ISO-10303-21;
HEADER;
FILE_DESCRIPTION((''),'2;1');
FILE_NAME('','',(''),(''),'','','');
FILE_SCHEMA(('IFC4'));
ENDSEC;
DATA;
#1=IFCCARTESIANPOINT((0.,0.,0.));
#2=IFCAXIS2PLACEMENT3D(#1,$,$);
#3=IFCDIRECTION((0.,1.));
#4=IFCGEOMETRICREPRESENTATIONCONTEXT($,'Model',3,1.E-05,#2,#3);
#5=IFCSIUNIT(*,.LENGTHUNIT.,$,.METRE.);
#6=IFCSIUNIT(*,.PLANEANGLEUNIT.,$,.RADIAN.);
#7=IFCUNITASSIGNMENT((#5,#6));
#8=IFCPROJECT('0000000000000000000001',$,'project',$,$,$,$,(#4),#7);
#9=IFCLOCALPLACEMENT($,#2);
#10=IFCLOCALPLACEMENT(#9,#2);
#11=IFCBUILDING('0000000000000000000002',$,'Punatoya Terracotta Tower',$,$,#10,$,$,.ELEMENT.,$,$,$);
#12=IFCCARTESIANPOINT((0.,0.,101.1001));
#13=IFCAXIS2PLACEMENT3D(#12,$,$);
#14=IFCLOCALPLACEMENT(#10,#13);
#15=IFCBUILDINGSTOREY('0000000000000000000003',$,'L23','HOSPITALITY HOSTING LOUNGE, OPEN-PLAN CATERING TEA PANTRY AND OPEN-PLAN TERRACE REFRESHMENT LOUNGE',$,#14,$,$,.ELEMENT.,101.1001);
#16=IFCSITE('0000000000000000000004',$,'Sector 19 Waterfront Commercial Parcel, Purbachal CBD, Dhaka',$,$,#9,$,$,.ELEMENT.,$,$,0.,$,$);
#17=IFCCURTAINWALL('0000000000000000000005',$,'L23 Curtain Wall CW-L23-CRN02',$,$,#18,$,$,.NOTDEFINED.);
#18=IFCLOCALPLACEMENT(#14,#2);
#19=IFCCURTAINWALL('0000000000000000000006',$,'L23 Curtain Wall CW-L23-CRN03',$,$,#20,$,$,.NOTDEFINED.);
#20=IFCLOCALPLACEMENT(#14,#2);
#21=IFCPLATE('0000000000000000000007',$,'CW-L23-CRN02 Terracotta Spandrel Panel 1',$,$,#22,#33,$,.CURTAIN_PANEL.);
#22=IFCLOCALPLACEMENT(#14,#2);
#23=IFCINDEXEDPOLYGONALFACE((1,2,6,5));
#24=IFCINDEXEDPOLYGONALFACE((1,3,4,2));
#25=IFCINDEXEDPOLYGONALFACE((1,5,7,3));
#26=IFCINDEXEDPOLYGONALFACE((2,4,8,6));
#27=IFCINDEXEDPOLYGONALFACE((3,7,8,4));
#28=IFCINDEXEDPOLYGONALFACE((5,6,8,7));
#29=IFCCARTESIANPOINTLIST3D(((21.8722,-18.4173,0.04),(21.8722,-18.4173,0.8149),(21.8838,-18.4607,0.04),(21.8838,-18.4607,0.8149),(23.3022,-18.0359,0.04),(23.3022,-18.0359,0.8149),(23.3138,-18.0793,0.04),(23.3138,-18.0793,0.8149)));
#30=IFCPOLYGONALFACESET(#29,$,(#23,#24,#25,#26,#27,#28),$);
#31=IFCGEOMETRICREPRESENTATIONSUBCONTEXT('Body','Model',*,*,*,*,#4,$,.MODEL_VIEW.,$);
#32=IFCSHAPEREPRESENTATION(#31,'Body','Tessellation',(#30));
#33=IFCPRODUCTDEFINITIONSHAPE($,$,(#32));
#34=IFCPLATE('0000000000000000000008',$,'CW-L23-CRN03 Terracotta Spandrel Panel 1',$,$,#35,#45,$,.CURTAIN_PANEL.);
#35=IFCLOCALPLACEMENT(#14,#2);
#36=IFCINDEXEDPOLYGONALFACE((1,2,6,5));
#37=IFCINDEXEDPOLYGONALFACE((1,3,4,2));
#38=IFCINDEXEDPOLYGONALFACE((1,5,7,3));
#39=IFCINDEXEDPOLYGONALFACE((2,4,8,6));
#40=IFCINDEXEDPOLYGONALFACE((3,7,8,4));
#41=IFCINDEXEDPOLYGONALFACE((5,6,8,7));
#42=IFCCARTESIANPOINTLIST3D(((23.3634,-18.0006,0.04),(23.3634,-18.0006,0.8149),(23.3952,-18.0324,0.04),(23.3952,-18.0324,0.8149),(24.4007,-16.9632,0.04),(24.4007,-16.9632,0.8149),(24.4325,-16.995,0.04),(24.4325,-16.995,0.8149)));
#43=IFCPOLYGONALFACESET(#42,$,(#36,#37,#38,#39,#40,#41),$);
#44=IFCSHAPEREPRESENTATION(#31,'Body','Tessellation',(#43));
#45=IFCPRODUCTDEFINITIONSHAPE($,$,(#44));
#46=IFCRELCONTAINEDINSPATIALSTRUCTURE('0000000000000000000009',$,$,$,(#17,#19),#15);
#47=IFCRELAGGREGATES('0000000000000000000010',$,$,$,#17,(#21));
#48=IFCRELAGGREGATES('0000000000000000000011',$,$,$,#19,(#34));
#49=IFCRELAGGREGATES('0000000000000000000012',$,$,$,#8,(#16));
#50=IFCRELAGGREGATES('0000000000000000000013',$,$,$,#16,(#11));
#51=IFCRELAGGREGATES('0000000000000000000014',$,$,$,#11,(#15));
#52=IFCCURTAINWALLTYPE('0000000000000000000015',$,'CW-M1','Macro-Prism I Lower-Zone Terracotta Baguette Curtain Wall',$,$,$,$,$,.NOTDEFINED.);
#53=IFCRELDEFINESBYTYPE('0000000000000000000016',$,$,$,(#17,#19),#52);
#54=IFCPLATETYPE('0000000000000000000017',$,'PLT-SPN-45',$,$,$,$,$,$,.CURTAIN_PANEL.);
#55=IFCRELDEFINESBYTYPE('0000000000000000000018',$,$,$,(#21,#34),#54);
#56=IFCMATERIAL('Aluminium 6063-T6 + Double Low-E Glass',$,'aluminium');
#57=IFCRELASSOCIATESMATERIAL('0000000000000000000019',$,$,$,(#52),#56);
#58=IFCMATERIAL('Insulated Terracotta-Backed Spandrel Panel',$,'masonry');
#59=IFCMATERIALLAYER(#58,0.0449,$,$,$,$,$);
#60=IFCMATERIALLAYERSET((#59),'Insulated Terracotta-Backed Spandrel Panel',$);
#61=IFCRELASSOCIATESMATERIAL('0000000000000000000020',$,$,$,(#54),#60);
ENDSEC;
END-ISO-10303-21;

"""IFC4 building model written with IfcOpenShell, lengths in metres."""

from ifc_helpers import new_model, si_unit, direction, frame, origin, origin_2d, place, context, subcontext, project, spatial, rectangle, extrude, material, layer, layer_set, type_object, element, aggregate, save


model = new_model("IFC4")

# Units and contexts
model_context = context("Model", 3, precision=1e-05, world=origin(), true_north=direction((0.0, 1.0)))
body_context = subcontext(model_context, "Body", "Model", "MODEL_VIEW")
ifc_project = project(units=[si_unit("LENGTHUNIT", "METRE"), si_unit("PLANEANGLEUNIT", "RADIAN")], contexts=[model_context])

# Site, building, storey
site_placement = place(None, origin())
site = spatial("IfcSite", under=ifc_project, at=site_placement, Name="Sector 19 Waterfront Commercial Parcel, Purbachal CBD, Dhaka", CompositionType="ELEMENT", RefElevation=0.0)
building_placement = place(site_placement, origin())
building = spatial("IfcBuilding", under=site, at=building_placement, Name="Punatoya Terracotta Tower", CompositionType="ELEMENT")
storey_placement = place(building_placement, frame((0.0, 0.0, 101.1001)))
storey = spatial("IfcBuildingStorey", under=building, at=storey_placement, Name="L23", Description="HOSPITALITY HOSTING LOUNGE, OPEN-PLAN CATERING TEA PANTRY AND OPEN-PLAN TERRACE REFRESHMENT LOUNGE", CompositionType="ELEMENT", Elevation=101.1001)

# Curtain walls
ifc_material_1 = material(Name="Aluminium 6063-T6 + Double Low-E Glass", Category="aluminium")
curtain_wall_type = type_object("IfcCurtainWallType", Name="CW-M1", Description="Macro-Prism I Lower-Zone Terracotta Baguette Curtain Wall", PredefinedType="NOTDEFINED", material=ifc_material_1)
curtain_wall_1_placement = place(storey_placement, origin())
curtain_wall_1 = element("IfcCurtainWall", 1, at=curtain_wall_1_placement, inside=storey, type_object=curtain_wall_type, Name="L23 Curtain Wall CW-L23-CRN02", PredefinedType="NOTDEFINED")
curtain_wall_2_placement = place(storey_placement, origin())
curtain_wall_2 = element("IfcCurtainWall", 2, at=curtain_wall_2_placement, inside=storey, type_object=curtain_wall_type, Name="L23 Curtain Wall CW-L23-CRN03", PredefinedType="NOTDEFINED")

# Plates
ifc_material_2 = material(Name="Insulated Terracotta-Backed Spandrel Panel", Category="masonry")
ifc_layer_1 = layer(ifc_material_2, 0.0449)
ifc_layer_set_1 = layer_set([ifc_layer_1], Name="Insulated Terracotta-Backed Spandrel Panel")
plate_type_1 = type_object("IfcPlateType", Name="PLT-SPN-45", PredefinedType="CURTAIN_PANEL", material=ifc_layer_set_1)
plate_1_placement = place(storey_placement, frame((22.593, -18.2483, 0.04), z_axis=(0.0, 0.0, 1.0), x_axis=(0.966214, 0.257742, 0.0)))
plate_1 = element("IfcPlate", 3, at=plate_1_placement, type_object=plate_type_1, Name="CW-L23-CRN02 Terracotta Spandrel Panel 1", PredefinedType="CURTAIN_PANEL", context=body_context, shape_type="SweptSolid", body=[
    extrude(rectangle(XDim=1.48, YDim=0.0449, at=origin_2d()), origin(), (0.0, 0.0, 1.0), 0.7749),
])
aggregate(curtain_wall_1, [plate_1])
plate_2_placement = place(storey_placement, frame((23.8979, -17.4978, 0.04), z_axis=(0.0, 0.0, 1.0), x_axis=(0.707107, 0.707107, 0.0)))
plate_2 = element("IfcPlate", 4, at=plate_2_placement, type_object=plate_type_1, Name="CW-L23-CRN03 Terracotta Spandrel Panel 1", PredefinedType="CURTAIN_PANEL", context=body_context, shape_type="SweptSolid", body=[
    extrude(rectangle(XDim=1.467, YDim=0.0449, at=origin_2d()), origin(), (0.0, 0.0, 1.0), 0.7749),
])
aggregate(curtain_wall_2, [plate_2])

save(model, "model.ifc")
